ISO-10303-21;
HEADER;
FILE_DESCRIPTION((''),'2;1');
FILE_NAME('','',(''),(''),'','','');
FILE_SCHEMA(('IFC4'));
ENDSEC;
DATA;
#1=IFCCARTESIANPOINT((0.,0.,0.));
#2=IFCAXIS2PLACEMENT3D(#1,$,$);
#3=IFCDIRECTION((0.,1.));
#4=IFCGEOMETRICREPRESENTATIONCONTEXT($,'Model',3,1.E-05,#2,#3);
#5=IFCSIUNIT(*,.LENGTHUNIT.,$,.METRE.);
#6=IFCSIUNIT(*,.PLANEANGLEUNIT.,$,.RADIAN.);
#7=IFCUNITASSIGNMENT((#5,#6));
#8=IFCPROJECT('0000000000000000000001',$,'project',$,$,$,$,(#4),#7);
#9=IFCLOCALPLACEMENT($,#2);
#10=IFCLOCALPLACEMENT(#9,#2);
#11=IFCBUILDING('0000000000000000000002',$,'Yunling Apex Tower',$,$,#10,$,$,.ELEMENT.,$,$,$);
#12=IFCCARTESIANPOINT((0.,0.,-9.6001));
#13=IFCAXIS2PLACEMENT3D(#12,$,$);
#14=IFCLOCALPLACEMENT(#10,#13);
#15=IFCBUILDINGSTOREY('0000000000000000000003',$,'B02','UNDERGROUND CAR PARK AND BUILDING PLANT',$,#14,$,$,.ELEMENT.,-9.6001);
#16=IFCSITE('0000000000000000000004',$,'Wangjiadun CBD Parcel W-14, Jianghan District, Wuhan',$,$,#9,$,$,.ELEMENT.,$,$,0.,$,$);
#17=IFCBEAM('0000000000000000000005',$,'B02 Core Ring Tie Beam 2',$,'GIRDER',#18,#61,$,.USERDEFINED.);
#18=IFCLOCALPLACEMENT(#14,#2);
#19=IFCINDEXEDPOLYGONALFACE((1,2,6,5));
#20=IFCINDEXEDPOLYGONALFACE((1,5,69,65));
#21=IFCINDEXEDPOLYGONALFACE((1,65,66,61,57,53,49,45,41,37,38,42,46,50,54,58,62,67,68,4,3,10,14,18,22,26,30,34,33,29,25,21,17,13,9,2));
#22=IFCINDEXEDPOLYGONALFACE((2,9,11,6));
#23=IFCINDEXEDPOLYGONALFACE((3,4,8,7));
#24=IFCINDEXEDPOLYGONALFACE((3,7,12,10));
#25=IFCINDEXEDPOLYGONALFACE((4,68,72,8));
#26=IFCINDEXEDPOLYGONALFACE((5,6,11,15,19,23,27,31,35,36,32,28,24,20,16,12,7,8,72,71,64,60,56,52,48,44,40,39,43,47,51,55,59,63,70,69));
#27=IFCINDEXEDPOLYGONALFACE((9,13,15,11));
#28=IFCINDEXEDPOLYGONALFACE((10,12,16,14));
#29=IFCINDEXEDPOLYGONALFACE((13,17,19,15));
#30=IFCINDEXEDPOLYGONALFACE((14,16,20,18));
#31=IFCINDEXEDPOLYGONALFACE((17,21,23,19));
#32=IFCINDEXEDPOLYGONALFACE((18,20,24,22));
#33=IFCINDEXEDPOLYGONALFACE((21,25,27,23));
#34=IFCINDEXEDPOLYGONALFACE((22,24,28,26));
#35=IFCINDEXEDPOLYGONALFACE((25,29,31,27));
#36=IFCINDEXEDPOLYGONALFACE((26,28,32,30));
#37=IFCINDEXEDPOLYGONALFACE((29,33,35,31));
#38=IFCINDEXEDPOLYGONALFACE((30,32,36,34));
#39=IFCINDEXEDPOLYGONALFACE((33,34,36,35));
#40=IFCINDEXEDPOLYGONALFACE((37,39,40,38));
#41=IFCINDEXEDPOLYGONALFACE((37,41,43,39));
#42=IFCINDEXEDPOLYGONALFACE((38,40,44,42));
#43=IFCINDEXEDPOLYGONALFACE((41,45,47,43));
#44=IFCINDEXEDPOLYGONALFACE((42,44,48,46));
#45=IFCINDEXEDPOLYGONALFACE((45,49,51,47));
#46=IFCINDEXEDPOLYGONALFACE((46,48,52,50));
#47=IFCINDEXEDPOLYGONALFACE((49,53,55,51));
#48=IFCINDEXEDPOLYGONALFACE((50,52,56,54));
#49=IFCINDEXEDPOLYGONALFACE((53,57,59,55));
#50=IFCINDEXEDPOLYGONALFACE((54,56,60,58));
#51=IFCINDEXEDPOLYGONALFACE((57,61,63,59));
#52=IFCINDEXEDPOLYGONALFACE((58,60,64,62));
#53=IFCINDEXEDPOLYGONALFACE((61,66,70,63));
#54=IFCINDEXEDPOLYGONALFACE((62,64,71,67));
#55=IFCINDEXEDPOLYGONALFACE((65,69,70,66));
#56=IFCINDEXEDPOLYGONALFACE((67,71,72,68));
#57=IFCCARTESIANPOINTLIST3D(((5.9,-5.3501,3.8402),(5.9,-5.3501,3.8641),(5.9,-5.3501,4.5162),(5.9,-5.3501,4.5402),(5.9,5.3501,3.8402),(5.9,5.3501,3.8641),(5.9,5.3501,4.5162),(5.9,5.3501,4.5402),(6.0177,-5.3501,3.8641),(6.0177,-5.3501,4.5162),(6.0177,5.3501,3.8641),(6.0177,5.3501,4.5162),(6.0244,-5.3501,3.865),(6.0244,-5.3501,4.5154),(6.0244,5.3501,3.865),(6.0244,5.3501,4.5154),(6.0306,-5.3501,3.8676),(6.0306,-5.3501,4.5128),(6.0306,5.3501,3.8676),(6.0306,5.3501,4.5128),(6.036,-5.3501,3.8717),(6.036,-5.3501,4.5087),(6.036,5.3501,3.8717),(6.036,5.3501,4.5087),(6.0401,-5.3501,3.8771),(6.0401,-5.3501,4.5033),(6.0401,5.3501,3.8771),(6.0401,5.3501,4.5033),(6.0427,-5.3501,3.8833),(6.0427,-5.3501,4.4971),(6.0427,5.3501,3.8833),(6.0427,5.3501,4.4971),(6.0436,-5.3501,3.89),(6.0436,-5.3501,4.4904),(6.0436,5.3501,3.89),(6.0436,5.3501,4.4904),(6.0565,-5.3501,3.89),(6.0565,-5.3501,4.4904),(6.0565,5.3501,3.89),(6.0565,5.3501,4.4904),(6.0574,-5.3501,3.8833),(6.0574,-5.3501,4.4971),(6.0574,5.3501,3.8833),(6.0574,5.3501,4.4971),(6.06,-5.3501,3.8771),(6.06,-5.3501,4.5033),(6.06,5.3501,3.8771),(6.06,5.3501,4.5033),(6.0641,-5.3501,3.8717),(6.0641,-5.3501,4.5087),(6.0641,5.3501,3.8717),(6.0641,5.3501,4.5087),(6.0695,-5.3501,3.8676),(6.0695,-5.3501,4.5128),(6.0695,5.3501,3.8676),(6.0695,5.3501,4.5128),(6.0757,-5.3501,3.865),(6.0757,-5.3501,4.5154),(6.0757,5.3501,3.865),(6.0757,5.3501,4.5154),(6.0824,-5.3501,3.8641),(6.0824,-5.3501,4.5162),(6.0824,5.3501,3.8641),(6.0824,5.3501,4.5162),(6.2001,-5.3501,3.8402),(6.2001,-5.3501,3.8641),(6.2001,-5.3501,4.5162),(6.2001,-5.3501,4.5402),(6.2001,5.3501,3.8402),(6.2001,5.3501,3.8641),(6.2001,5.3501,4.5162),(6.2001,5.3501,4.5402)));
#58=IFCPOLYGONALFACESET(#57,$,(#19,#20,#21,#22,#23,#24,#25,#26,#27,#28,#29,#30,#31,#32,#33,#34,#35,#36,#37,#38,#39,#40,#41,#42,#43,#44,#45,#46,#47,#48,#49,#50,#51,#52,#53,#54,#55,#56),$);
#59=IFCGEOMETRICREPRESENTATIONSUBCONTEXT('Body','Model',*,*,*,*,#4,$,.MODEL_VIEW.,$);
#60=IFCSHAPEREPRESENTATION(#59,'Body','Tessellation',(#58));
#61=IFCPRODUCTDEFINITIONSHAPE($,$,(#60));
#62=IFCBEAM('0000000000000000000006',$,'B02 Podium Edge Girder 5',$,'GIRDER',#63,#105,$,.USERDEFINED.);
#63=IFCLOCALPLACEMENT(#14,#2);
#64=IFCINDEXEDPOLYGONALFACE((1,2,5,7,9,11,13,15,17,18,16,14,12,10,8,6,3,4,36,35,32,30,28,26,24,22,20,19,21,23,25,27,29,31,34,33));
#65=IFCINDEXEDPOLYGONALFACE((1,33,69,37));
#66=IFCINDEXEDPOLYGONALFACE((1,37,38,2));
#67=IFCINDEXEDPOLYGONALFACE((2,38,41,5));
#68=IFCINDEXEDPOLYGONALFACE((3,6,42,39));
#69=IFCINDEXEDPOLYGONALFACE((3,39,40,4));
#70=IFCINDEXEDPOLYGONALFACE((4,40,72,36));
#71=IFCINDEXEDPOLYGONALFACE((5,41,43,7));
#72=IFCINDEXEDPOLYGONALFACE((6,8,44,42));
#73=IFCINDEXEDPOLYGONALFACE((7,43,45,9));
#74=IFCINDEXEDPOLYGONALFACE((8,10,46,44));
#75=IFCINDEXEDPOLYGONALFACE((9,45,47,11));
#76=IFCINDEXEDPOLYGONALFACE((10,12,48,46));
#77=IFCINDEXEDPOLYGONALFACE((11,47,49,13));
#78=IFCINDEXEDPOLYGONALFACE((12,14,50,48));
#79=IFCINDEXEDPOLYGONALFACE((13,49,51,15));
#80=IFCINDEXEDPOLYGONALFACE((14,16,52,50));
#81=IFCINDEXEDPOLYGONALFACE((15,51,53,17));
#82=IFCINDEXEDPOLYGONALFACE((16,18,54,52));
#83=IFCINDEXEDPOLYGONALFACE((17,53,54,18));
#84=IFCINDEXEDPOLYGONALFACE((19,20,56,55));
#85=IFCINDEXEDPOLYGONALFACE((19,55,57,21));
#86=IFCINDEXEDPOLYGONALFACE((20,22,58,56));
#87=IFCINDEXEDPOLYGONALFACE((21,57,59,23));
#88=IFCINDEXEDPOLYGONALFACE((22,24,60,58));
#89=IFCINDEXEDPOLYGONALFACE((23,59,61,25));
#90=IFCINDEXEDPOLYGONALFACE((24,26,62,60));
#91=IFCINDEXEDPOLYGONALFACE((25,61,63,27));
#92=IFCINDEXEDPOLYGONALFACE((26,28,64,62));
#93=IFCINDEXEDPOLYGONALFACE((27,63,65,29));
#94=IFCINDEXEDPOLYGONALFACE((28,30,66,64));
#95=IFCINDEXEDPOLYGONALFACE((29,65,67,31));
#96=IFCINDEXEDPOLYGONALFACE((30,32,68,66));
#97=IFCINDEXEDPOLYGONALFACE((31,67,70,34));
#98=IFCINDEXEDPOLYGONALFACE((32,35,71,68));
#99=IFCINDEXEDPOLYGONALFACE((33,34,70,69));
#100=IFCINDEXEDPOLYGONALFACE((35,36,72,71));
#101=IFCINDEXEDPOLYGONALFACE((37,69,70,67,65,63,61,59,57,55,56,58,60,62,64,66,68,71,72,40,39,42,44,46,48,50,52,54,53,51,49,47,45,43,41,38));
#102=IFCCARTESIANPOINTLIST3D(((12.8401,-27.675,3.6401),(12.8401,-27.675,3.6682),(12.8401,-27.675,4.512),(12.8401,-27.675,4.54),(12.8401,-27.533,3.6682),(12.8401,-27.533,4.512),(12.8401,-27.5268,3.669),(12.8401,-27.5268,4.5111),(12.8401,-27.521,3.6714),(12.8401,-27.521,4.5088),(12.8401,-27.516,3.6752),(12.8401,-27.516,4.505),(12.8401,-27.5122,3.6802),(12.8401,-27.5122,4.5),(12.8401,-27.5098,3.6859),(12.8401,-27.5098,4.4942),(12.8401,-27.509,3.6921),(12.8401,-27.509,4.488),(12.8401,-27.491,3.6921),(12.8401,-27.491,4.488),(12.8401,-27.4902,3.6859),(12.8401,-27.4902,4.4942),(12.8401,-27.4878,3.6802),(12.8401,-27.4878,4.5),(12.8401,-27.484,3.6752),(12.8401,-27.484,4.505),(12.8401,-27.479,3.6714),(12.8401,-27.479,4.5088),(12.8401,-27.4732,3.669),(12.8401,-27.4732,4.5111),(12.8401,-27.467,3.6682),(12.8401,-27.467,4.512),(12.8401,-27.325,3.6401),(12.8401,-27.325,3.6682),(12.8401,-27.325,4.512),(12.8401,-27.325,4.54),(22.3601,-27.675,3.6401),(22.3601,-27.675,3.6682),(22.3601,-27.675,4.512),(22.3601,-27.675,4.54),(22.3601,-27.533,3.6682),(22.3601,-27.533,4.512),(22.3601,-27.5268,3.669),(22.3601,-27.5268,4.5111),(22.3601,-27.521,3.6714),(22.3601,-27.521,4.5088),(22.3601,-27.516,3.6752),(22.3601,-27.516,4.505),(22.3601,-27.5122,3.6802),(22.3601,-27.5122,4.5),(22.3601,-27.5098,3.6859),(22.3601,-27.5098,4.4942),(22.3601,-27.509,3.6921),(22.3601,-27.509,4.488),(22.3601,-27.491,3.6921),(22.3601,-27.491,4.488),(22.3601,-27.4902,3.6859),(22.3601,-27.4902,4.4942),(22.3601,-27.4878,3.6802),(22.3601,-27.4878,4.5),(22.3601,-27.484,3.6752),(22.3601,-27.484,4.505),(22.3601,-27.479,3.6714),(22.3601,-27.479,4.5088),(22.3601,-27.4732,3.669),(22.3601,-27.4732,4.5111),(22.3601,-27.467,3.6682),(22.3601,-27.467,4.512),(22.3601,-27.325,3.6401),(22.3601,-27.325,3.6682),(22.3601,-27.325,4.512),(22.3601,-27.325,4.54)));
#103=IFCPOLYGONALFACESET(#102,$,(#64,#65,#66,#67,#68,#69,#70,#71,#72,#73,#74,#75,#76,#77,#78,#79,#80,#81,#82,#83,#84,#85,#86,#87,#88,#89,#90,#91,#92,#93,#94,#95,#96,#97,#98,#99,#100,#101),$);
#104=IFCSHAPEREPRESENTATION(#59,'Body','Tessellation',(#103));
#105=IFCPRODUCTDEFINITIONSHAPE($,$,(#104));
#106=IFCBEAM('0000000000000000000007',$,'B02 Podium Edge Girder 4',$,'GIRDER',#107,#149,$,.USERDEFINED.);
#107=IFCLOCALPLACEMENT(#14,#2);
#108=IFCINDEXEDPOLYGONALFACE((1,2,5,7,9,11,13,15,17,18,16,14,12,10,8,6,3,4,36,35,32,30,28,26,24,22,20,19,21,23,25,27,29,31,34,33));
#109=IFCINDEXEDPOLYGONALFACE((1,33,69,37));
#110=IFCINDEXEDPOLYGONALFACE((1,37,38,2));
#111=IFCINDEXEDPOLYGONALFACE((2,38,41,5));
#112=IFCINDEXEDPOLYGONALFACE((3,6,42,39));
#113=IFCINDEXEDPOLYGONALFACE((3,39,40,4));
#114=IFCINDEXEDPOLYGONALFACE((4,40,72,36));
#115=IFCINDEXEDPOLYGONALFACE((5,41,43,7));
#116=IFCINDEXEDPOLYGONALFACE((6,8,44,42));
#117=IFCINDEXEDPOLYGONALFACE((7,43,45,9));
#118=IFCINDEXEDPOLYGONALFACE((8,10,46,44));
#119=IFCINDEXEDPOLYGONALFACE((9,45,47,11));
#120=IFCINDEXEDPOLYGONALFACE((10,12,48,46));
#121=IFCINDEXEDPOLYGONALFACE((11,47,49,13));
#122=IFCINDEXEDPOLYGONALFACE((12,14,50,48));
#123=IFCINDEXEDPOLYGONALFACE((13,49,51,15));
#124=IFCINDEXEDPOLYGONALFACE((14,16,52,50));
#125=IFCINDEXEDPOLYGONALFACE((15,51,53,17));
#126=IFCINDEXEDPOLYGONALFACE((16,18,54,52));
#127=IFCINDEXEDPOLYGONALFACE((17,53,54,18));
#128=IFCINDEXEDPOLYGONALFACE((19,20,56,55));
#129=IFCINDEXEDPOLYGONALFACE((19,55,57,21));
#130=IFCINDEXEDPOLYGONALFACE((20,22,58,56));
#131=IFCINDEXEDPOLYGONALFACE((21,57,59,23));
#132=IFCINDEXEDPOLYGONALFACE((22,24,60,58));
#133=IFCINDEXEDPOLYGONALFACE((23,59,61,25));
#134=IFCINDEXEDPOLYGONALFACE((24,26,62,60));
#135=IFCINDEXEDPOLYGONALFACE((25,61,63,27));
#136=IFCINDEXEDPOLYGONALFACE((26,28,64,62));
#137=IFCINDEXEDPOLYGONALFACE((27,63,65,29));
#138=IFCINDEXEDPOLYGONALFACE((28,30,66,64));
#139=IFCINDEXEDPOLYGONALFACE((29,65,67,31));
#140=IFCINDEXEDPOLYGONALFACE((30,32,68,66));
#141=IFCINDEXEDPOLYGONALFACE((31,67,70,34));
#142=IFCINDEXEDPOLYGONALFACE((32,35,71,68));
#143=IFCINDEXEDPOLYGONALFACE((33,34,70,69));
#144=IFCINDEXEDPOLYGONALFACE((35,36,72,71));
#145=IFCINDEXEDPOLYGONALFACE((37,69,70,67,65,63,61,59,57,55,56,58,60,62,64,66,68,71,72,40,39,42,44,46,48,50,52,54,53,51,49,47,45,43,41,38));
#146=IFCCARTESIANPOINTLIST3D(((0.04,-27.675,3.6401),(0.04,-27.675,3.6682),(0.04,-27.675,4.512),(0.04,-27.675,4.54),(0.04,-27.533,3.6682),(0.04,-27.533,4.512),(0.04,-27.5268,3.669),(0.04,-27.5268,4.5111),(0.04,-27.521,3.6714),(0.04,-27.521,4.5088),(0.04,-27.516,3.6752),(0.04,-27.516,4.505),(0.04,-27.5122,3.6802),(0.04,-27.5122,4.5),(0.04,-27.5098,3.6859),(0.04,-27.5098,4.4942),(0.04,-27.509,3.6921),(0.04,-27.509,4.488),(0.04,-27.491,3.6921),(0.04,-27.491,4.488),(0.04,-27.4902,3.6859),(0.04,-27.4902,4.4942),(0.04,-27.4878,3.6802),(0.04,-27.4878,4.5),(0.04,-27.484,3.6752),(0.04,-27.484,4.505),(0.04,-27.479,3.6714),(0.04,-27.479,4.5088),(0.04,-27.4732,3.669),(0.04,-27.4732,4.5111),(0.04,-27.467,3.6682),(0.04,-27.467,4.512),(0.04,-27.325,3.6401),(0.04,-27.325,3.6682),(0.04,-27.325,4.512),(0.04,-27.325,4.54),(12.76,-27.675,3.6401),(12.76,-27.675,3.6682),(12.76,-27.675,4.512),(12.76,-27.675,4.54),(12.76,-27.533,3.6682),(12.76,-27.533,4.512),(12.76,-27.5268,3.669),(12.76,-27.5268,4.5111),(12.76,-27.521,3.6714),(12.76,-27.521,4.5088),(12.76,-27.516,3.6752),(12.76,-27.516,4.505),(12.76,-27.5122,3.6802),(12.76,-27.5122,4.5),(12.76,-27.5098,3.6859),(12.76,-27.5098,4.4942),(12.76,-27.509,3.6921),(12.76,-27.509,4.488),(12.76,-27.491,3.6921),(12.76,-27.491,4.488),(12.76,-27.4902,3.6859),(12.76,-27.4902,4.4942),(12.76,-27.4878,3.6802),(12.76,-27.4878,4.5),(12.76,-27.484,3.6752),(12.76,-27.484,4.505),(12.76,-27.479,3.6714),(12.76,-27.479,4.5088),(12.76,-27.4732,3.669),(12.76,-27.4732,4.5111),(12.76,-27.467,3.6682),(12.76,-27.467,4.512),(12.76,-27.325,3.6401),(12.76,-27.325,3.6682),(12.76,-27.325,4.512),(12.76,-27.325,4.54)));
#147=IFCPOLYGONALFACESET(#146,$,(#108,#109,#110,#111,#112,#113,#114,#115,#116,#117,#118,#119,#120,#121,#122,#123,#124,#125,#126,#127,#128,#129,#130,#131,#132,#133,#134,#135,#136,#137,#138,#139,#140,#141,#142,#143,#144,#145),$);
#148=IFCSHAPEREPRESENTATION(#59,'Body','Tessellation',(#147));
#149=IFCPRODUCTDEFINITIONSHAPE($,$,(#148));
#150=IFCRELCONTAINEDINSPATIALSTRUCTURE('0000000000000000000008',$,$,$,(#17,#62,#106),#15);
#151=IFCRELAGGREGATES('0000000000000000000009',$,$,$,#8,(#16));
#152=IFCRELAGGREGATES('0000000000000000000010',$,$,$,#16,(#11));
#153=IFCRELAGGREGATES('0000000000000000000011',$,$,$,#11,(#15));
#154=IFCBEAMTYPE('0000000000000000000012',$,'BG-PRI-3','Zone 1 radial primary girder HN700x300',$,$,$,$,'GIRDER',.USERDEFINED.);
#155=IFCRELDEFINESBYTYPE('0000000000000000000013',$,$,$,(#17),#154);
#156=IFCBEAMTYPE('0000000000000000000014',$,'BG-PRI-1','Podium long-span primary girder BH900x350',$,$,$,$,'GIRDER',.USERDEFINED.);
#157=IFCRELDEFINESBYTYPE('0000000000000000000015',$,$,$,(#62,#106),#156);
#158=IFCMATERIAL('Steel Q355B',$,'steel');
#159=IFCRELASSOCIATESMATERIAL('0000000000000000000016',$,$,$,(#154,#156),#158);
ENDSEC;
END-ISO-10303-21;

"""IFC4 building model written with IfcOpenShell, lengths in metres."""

from ifc_helpers import new_model, si_unit, direction, frame, origin, origin_2d, place, context, subcontext, project, spatial, i_section, extrude, source, transform, mapped, material, material_profile, profile_set, type_object, element, save


model = new_model("IFC4")

# Units and contexts
model_context = context("Model", 3, precision=1e-05, world=origin(), true_north=direction((0.0, 1.0)))
body_context = subcontext(model_context, "Body", "Model", "MODEL_VIEW")
ifc_project = project(units=[si_unit("LENGTHUNIT", "METRE"), si_unit("PLANEANGLEUNIT", "RADIAN")], contexts=[model_context])

# Site, building, storey
site_placement = place(None, origin())
site = spatial("IfcSite", under=ifc_project, at=site_placement, Name="Wangjiadun CBD Parcel W-14, Jianghan District, Wuhan", CompositionType="ELEMENT", RefElevation=0.0)
building_placement = place(site_placement, origin())
building = spatial("IfcBuilding", under=site, at=building_placement, Name="Yunling Apex Tower", CompositionType="ELEMENT")
storey_placement = place(building_placement, frame((0.0, 0.0, -9.6001)))
storey = spatial("IfcBuildingStorey", under=building, at=storey_placement, Name="B02", Description="UNDERGROUND CAR PARK AND BUILDING PLANT", CompositionType="ELEMENT", Elevation=-9.6001)

# Beams
ifc_material_1 = material(Name="Steel Q355B", Category="steel")
ifc_material_profile_1 = material_profile(ifc_material_1, i_section(OverallWidth=0.3, OverallDepth=0.7, WebThickness=0.0129, FlangeThickness=0.0239, FilletRadius=0.0259, at=origin_2d()))
ifc_profile_set_1 = profile_set([ifc_material_profile_1], Name="Steel Q355B")
beam_type_1 = type_object("IfcBeamType", Name="BG-PRI-3", Description="Zone 1 radial primary girder HN700x300", ElementType="GIRDER", PredefinedType="USERDEFINED", material=ifc_profile_set_1)
shared_shape_1 = source(origin(), body_context, "Body", "SweptSolid", [
    extrude(i_section(OverallWidth=0.3, OverallDepth=0.7, WebThickness=0.0129, FlangeThickness=0.0239, FilletRadius=0.0259, at=origin_2d()), origin(), (0.0, 0.0, 1.0), 10.7002),
])
beam_1_placement = place(storey_placement, frame((6.05, -5.3501, 4.1902), z_axis=(0.0, 1.0, 0.0), x_axis=(-1.0, 0.0, 0.0)))
element("IfcBeam", 1, at=beam_1_placement, inside=storey, type_object=beam_type_1, Name="B02 Core Ring Tie Beam 2", ObjectType="GIRDER", PredefinedType="USERDEFINED", context=body_context, shape_type="MappedRepresentation", body=[
    mapped(shared_shape_1, transform((0.0, 0.0, 0.0), scale=1.0)),
])
ifc_material_profile_2 = material_profile(ifc_material_1, i_section(OverallWidth=0.3501, OverallDepth=0.8999, WebThickness=0.0181, FlangeThickness=0.0281, FilletRadius=0.0239, at=origin_2d()))
ifc_profile_set_2 = profile_set([ifc_material_profile_2], Name="Steel Q355B")
beam_type_2 = type_object("IfcBeamType", Name="BG-PRI-1", Description="Podium long-span primary girder BH900x350", ElementType="GIRDER", PredefinedType="USERDEFINED", material=ifc_profile_set_2)
shared_shape_2 = source(origin(), body_context, "Body", "SweptSolid", [
    extrude(i_section(OverallWidth=0.3501, OverallDepth=0.8999, WebThickness=0.0181, FlangeThickness=0.0281, FilletRadius=0.0239, at=origin_2d()), origin(), (0.0, 0.0, 1.0), 9.52),
])
beam_2_placement = place(storey_placement, frame((12.8401, -27.5, 4.0901), z_axis=(1.0, 0.0, 0.0), x_axis=(0.0, 1.0, 0.0)))
element("IfcBeam", 2, at=beam_2_placement, inside=storey, type_object=beam_type_2, Name="B02 Podium Edge Girder 5", ObjectType="GIRDER", PredefinedType="USERDEFINED", context=body_context, shape_type="MappedRepresentation", body=[
    mapped(shared_shape_2, transform((0.0, 0.0, 0.0), scale=1.0)),
])
shared_shape_3 = source(origin(), body_context, "Body", "SweptSolid", [
    extrude(i_section(OverallWidth=0.3501, OverallDepth=0.8999, WebThickness=0.0181, FlangeThickness=0.0281, FilletRadius=0.0239, at=origin_2d()), origin(), (0.0, 0.0, 1.0), 12.72),
])
beam_3_placement = place(storey_placement, frame((0.04, -27.5, 4.0901), z_axis=(1.0, 0.0, 0.0), x_axis=(0.0, 1.0, 0.0)))
element("IfcBeam", 3, at=beam_3_placement, inside=storey, type_object=beam_type_2, Name="B02 Podium Edge Girder 4", ObjectType="GIRDER", PredefinedType="USERDEFINED", context=body_context, shape_type="MappedRepresentation", body=[
    mapped(shared_shape_3, transform((0.0, 0.0, 0.0), scale=1.0)),
])

save(model, "model.ifc")
